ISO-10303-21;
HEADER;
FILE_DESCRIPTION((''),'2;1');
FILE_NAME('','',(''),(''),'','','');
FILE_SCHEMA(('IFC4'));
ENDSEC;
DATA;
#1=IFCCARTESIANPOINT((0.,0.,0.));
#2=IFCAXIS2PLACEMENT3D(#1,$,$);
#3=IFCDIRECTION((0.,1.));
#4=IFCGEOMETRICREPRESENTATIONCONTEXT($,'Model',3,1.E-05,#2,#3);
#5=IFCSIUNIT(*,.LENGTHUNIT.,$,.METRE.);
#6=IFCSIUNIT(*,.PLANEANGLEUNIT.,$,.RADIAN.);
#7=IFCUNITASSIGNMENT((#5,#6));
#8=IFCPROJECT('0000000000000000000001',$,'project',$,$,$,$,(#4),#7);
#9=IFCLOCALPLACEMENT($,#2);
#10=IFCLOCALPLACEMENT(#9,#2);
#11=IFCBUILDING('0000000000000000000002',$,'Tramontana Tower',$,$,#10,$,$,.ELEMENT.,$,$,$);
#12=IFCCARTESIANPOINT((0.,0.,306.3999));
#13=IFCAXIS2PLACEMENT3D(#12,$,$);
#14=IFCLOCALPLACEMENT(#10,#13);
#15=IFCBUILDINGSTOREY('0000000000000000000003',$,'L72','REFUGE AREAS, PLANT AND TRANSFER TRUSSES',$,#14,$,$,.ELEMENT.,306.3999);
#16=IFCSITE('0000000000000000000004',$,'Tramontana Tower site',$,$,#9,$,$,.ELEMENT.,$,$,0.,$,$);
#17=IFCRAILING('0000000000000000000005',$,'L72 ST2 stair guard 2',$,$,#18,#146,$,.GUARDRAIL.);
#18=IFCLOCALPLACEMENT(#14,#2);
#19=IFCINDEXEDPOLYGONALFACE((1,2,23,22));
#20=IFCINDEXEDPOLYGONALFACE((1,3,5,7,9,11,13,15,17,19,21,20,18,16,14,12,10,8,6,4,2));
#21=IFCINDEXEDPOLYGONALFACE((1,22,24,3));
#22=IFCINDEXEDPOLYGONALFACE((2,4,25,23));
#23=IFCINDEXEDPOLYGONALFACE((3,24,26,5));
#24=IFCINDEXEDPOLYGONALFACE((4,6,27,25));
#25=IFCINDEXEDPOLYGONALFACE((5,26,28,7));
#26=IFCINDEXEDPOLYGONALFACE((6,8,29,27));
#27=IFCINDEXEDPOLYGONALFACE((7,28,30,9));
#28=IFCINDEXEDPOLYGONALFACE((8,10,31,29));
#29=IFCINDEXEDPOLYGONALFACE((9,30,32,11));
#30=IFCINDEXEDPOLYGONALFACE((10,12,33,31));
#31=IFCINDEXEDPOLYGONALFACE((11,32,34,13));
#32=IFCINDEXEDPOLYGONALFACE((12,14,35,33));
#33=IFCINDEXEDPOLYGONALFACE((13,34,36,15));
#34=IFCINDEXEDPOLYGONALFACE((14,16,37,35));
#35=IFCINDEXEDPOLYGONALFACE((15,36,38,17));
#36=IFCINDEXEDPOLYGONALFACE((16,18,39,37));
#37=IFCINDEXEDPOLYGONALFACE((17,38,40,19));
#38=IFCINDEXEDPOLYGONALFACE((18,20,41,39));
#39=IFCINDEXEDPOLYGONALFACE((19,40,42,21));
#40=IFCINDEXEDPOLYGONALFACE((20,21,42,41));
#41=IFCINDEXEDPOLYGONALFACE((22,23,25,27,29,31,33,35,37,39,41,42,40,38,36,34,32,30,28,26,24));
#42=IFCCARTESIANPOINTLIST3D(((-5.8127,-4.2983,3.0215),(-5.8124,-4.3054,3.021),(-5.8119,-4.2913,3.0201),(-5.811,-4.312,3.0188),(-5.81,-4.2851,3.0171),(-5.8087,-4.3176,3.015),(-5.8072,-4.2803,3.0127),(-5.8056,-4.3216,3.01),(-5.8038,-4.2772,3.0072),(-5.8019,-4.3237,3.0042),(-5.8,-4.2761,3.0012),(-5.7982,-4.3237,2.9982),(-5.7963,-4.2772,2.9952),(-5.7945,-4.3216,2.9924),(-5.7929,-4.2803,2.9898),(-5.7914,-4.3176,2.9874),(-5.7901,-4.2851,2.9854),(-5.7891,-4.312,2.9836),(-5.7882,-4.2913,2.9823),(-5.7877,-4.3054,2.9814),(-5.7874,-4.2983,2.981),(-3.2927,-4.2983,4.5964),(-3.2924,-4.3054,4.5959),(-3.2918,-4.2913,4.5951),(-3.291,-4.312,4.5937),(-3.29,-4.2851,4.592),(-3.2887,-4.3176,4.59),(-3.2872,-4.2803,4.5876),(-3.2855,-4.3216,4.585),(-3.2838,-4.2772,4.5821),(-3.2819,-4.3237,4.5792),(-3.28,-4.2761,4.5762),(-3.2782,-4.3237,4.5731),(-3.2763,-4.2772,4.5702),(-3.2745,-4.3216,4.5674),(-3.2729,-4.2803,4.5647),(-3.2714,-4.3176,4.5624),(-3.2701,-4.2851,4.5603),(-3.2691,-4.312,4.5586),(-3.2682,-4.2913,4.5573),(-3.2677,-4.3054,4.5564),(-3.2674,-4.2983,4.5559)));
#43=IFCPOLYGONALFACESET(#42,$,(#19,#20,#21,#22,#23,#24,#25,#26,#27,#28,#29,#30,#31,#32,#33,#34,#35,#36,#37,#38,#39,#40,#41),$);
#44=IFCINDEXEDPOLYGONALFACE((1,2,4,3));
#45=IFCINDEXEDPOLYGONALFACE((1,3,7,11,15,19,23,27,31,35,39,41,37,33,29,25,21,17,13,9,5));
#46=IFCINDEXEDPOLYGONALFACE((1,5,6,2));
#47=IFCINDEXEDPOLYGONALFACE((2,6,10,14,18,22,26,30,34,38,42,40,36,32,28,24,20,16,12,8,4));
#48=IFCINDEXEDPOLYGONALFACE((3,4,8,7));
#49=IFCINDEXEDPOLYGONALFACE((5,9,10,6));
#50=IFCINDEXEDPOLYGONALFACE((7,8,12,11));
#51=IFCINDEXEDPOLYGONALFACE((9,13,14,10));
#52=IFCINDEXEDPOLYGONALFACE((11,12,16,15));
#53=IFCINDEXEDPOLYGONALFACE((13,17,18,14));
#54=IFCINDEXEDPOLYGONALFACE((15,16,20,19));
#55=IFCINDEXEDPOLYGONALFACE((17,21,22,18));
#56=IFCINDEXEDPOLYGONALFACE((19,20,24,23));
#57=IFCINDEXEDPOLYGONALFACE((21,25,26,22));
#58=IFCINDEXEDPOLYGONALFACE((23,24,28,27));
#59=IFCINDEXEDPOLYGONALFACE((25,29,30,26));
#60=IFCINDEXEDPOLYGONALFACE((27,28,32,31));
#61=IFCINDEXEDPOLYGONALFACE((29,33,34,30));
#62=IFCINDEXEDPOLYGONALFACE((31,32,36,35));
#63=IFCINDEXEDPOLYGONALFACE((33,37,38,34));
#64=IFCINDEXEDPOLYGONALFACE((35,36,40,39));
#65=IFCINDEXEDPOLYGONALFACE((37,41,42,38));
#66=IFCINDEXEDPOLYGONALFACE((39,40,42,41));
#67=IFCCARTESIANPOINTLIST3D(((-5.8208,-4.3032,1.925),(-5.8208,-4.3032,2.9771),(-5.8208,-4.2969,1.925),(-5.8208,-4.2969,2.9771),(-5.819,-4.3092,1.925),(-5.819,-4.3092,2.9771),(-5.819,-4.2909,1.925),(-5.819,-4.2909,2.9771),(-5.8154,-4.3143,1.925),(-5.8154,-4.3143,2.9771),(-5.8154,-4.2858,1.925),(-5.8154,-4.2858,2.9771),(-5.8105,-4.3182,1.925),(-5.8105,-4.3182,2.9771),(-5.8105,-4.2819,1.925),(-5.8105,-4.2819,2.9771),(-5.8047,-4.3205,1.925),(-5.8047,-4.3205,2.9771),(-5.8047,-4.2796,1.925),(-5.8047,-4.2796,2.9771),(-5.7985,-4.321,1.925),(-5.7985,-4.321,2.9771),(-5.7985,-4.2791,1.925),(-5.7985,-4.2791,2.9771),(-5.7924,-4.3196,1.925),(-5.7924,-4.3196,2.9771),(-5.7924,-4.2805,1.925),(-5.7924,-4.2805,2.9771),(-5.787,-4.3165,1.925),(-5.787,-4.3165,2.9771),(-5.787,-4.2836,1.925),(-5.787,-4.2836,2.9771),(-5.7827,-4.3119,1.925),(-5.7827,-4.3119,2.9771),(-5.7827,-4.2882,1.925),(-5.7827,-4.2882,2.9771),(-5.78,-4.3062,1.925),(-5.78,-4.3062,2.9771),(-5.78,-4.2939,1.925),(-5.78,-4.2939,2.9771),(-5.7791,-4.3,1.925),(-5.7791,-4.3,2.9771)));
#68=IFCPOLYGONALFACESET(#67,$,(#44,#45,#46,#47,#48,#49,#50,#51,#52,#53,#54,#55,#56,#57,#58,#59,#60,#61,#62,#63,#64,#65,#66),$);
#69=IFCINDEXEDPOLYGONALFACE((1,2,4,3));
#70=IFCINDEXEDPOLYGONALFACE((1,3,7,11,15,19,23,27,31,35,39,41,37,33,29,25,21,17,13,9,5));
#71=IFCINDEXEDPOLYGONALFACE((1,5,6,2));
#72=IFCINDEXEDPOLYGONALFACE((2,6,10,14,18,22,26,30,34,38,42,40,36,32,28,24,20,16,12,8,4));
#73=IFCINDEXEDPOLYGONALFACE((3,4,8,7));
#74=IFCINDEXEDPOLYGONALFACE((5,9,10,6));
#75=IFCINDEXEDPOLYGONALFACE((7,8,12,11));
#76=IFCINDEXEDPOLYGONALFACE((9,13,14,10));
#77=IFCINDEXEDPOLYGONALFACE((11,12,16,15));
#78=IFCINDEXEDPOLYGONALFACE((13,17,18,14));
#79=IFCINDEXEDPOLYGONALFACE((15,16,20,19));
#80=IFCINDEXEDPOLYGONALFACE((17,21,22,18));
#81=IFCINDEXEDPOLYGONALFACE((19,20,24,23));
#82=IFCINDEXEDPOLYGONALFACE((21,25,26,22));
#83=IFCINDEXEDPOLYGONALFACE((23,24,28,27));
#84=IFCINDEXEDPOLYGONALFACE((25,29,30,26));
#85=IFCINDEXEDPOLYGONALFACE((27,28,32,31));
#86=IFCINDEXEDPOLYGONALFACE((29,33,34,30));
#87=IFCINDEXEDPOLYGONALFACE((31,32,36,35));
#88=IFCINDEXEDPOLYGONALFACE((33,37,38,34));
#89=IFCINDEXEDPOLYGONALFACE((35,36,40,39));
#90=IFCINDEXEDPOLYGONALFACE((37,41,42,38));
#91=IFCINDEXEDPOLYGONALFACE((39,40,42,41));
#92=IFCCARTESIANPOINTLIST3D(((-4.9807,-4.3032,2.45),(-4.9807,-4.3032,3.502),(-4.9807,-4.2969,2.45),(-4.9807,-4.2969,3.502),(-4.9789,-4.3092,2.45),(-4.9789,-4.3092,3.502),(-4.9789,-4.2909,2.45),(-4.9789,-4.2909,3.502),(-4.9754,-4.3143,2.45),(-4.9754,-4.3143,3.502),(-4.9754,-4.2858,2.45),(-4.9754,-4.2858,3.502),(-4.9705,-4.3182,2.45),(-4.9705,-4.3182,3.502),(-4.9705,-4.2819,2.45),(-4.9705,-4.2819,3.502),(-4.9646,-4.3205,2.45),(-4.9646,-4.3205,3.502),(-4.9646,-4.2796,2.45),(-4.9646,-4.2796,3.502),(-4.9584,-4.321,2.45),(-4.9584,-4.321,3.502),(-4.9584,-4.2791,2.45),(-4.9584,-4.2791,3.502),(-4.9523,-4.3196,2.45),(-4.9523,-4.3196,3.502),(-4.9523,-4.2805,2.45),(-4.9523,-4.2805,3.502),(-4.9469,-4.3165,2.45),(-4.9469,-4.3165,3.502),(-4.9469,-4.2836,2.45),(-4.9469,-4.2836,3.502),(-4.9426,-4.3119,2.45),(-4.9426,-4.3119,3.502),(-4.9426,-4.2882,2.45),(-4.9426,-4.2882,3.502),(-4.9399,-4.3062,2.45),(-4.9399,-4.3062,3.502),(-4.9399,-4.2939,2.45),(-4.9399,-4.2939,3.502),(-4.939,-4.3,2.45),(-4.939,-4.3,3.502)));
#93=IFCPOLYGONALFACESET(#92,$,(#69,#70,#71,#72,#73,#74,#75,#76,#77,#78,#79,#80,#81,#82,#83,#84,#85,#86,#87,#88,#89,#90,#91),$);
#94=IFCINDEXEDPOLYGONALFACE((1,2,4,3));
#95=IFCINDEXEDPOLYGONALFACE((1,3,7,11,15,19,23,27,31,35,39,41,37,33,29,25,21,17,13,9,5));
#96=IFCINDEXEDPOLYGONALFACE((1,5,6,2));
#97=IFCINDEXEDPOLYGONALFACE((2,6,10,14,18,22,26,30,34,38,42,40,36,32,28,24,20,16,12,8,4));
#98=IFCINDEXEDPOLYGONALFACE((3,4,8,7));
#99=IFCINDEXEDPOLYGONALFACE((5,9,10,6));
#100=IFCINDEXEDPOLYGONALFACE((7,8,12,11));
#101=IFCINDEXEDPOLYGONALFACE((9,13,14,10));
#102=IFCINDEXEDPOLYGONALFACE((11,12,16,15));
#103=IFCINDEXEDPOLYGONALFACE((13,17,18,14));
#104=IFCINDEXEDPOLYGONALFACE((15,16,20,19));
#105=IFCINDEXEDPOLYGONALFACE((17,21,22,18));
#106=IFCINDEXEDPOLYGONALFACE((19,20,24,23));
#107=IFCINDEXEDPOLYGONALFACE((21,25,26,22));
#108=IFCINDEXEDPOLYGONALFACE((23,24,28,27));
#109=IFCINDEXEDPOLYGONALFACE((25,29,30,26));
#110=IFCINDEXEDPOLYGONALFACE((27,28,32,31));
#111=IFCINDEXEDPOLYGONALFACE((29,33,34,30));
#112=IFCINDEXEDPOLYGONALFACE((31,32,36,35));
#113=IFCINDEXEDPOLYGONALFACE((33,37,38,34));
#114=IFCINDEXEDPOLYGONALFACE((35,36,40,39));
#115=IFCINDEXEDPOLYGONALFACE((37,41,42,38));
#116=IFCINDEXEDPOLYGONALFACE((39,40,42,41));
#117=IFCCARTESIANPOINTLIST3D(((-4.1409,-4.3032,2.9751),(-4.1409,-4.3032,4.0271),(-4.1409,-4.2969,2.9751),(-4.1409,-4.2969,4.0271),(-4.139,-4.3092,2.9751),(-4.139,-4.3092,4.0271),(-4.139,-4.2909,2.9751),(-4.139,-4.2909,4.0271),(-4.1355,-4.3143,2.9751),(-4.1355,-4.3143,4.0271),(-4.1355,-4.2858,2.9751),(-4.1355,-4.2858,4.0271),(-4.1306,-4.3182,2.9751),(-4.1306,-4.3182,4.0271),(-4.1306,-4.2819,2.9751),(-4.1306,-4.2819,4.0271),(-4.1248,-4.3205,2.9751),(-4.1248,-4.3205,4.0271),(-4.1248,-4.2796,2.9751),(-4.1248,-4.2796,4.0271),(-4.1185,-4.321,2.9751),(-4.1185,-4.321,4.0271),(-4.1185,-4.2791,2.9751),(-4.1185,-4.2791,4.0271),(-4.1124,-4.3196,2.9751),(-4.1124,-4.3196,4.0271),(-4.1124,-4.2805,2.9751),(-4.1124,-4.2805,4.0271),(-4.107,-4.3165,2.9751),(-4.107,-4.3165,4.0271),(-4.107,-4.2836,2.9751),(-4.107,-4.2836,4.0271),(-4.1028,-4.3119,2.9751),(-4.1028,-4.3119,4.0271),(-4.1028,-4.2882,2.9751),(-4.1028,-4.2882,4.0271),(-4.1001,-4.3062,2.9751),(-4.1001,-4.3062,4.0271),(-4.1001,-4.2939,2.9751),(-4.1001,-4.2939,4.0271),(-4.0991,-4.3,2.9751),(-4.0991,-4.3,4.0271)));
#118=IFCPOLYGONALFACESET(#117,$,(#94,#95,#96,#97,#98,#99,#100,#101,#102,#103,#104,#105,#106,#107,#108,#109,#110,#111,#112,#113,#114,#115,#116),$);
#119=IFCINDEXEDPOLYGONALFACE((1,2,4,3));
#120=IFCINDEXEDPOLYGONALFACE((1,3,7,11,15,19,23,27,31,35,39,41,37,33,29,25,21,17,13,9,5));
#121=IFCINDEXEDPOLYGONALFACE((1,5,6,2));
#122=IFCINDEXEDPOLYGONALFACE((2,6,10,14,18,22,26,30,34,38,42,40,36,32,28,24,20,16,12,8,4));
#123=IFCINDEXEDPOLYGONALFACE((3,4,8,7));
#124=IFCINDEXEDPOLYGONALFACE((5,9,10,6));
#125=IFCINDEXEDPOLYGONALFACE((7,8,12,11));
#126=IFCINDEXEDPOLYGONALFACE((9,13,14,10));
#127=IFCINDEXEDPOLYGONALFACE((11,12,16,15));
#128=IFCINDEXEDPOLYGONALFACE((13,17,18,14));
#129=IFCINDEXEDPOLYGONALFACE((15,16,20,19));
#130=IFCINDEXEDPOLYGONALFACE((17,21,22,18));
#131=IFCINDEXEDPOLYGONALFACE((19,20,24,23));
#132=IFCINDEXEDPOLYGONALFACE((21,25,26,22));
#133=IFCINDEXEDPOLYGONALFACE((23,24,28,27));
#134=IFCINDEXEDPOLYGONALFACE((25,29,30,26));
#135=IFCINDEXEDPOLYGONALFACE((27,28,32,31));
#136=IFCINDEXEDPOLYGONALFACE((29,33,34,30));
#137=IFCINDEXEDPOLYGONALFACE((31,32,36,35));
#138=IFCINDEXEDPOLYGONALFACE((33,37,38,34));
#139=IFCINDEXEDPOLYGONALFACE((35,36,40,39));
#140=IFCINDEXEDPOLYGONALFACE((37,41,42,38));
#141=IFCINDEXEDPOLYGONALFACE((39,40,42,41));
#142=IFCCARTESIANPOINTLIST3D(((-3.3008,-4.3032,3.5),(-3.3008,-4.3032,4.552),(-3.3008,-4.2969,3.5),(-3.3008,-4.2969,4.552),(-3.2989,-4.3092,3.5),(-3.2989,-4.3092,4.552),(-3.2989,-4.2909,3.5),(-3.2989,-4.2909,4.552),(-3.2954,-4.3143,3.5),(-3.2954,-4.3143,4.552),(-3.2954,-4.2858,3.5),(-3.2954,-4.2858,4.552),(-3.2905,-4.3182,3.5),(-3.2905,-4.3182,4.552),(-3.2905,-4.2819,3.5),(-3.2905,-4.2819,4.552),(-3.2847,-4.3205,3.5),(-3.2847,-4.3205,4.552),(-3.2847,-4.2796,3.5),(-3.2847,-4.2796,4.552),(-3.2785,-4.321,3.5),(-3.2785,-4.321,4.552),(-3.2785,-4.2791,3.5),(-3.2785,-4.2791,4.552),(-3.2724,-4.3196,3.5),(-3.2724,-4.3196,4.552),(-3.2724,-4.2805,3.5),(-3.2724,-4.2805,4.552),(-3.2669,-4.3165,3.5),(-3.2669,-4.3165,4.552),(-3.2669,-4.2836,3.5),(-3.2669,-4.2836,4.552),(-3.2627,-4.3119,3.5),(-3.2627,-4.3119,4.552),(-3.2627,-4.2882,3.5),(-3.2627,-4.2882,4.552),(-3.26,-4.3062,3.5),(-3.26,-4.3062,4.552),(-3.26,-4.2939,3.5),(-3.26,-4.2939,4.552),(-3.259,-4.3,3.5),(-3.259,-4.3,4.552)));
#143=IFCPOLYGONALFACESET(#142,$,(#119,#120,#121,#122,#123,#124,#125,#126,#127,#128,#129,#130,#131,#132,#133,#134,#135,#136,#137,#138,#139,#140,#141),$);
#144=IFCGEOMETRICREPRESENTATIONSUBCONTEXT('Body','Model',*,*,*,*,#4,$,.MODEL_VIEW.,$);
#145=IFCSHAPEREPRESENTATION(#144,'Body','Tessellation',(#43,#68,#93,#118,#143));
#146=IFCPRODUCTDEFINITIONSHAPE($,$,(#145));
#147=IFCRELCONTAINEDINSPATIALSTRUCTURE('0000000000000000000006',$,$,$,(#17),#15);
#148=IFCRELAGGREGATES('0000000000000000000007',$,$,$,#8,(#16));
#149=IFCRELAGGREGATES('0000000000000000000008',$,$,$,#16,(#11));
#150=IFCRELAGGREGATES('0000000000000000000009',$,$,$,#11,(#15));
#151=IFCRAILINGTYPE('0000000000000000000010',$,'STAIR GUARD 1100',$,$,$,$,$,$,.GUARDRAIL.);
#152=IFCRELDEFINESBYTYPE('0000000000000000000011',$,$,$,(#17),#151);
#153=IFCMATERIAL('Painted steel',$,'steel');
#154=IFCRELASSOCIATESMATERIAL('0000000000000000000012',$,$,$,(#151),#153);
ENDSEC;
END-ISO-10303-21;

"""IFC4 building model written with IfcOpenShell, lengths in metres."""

from ifc_helpers import new_model, si_unit, direction, frame, origin, origin_2d, place, context, subcontext, project, spatial, circle, extrude, material, type_object, element, save


model = new_model("IFC4")

# Units and contexts
model_context = context("Model", 3, precision=1e-05, world=origin(), true_north=direction((0.0, 1.0)))
body_context = subcontext(model_context, "Body", "Model", "MODEL_VIEW")
ifc_project = project(units=[si_unit("LENGTHUNIT", "METRE"), si_unit("PLANEANGLEUNIT", "RADIAN")], contexts=[model_context])

# Site, building, storey
site_placement = place(None, origin())
site = spatial("IfcSite", under=ifc_project, at=site_placement, Name="Tramontana Tower site", CompositionType="ELEMENT", RefElevation=0.0)
building_placement = place(site_placement, origin())
building = spatial("IfcBuilding", under=site, at=building_placement, Name="Tramontana Tower", CompositionType="ELEMENT")
storey_placement = place(building_placement, frame((0.0, 0.0, 306.3999)))
storey = spatial("IfcBuildingStorey", under=building, at=storey_placement, Name="L72", Description="REFUGE AREAS, PLANT AND TRANSFER TRUSSES", CompositionType="ELEMENT", Elevation=306.3999)

# Railing
ifc_material_1 = material(Name="Painted steel", Category="steel")
railing_type_1 = type_object("IfcRailingType", Name="STAIR GUARD 1100", PredefinedType="GUARDRAIL", material=ifc_material_1)
for number, where, name in (
    (1, (-5.8, -4.3, 1.925), "L72 ST2 stair guard 2"),
):
    element("IfcRailing", number, at=place(storey_placement, frame(where)), inside=storey, type_object=railing_type_1, Name=name, PredefinedType="GUARDRAIL", context=body_context, shape_type="SweptSolid", body=[
        extrude(circle(Radius=0.0239, at=origin_2d()), frame((0.0, 0.0, 1.0762), z_axis=(0.848008, 0.0, 0.529984), x_axis=(0.0, 1.0, 0.0)), (0.0, 0.0, 1.0), 2.9717),
        extrude(circle(Radius=0.021, at=origin_2d()), origin(), (0.0, 0.0, 1.0), 1.052),
        extrude(circle(Radius=0.021, at=origin_2d()), frame((0.8401, 0.0, 0.5249)), (0.0, 0.0, 1.0), 1.052),
        extrude(circle(Radius=0.021, at=origin_2d()), frame((1.6799, 0.0, 1.05)), (0.0, 0.0, 1.0), 1.052),
        extrude(circle(Radius=0.021, at=origin_2d()), frame((2.52, 0.0, 1.575)), (0.0, 0.0, 1.0), 1.052),
    ])

save(model, "model.ifc")
